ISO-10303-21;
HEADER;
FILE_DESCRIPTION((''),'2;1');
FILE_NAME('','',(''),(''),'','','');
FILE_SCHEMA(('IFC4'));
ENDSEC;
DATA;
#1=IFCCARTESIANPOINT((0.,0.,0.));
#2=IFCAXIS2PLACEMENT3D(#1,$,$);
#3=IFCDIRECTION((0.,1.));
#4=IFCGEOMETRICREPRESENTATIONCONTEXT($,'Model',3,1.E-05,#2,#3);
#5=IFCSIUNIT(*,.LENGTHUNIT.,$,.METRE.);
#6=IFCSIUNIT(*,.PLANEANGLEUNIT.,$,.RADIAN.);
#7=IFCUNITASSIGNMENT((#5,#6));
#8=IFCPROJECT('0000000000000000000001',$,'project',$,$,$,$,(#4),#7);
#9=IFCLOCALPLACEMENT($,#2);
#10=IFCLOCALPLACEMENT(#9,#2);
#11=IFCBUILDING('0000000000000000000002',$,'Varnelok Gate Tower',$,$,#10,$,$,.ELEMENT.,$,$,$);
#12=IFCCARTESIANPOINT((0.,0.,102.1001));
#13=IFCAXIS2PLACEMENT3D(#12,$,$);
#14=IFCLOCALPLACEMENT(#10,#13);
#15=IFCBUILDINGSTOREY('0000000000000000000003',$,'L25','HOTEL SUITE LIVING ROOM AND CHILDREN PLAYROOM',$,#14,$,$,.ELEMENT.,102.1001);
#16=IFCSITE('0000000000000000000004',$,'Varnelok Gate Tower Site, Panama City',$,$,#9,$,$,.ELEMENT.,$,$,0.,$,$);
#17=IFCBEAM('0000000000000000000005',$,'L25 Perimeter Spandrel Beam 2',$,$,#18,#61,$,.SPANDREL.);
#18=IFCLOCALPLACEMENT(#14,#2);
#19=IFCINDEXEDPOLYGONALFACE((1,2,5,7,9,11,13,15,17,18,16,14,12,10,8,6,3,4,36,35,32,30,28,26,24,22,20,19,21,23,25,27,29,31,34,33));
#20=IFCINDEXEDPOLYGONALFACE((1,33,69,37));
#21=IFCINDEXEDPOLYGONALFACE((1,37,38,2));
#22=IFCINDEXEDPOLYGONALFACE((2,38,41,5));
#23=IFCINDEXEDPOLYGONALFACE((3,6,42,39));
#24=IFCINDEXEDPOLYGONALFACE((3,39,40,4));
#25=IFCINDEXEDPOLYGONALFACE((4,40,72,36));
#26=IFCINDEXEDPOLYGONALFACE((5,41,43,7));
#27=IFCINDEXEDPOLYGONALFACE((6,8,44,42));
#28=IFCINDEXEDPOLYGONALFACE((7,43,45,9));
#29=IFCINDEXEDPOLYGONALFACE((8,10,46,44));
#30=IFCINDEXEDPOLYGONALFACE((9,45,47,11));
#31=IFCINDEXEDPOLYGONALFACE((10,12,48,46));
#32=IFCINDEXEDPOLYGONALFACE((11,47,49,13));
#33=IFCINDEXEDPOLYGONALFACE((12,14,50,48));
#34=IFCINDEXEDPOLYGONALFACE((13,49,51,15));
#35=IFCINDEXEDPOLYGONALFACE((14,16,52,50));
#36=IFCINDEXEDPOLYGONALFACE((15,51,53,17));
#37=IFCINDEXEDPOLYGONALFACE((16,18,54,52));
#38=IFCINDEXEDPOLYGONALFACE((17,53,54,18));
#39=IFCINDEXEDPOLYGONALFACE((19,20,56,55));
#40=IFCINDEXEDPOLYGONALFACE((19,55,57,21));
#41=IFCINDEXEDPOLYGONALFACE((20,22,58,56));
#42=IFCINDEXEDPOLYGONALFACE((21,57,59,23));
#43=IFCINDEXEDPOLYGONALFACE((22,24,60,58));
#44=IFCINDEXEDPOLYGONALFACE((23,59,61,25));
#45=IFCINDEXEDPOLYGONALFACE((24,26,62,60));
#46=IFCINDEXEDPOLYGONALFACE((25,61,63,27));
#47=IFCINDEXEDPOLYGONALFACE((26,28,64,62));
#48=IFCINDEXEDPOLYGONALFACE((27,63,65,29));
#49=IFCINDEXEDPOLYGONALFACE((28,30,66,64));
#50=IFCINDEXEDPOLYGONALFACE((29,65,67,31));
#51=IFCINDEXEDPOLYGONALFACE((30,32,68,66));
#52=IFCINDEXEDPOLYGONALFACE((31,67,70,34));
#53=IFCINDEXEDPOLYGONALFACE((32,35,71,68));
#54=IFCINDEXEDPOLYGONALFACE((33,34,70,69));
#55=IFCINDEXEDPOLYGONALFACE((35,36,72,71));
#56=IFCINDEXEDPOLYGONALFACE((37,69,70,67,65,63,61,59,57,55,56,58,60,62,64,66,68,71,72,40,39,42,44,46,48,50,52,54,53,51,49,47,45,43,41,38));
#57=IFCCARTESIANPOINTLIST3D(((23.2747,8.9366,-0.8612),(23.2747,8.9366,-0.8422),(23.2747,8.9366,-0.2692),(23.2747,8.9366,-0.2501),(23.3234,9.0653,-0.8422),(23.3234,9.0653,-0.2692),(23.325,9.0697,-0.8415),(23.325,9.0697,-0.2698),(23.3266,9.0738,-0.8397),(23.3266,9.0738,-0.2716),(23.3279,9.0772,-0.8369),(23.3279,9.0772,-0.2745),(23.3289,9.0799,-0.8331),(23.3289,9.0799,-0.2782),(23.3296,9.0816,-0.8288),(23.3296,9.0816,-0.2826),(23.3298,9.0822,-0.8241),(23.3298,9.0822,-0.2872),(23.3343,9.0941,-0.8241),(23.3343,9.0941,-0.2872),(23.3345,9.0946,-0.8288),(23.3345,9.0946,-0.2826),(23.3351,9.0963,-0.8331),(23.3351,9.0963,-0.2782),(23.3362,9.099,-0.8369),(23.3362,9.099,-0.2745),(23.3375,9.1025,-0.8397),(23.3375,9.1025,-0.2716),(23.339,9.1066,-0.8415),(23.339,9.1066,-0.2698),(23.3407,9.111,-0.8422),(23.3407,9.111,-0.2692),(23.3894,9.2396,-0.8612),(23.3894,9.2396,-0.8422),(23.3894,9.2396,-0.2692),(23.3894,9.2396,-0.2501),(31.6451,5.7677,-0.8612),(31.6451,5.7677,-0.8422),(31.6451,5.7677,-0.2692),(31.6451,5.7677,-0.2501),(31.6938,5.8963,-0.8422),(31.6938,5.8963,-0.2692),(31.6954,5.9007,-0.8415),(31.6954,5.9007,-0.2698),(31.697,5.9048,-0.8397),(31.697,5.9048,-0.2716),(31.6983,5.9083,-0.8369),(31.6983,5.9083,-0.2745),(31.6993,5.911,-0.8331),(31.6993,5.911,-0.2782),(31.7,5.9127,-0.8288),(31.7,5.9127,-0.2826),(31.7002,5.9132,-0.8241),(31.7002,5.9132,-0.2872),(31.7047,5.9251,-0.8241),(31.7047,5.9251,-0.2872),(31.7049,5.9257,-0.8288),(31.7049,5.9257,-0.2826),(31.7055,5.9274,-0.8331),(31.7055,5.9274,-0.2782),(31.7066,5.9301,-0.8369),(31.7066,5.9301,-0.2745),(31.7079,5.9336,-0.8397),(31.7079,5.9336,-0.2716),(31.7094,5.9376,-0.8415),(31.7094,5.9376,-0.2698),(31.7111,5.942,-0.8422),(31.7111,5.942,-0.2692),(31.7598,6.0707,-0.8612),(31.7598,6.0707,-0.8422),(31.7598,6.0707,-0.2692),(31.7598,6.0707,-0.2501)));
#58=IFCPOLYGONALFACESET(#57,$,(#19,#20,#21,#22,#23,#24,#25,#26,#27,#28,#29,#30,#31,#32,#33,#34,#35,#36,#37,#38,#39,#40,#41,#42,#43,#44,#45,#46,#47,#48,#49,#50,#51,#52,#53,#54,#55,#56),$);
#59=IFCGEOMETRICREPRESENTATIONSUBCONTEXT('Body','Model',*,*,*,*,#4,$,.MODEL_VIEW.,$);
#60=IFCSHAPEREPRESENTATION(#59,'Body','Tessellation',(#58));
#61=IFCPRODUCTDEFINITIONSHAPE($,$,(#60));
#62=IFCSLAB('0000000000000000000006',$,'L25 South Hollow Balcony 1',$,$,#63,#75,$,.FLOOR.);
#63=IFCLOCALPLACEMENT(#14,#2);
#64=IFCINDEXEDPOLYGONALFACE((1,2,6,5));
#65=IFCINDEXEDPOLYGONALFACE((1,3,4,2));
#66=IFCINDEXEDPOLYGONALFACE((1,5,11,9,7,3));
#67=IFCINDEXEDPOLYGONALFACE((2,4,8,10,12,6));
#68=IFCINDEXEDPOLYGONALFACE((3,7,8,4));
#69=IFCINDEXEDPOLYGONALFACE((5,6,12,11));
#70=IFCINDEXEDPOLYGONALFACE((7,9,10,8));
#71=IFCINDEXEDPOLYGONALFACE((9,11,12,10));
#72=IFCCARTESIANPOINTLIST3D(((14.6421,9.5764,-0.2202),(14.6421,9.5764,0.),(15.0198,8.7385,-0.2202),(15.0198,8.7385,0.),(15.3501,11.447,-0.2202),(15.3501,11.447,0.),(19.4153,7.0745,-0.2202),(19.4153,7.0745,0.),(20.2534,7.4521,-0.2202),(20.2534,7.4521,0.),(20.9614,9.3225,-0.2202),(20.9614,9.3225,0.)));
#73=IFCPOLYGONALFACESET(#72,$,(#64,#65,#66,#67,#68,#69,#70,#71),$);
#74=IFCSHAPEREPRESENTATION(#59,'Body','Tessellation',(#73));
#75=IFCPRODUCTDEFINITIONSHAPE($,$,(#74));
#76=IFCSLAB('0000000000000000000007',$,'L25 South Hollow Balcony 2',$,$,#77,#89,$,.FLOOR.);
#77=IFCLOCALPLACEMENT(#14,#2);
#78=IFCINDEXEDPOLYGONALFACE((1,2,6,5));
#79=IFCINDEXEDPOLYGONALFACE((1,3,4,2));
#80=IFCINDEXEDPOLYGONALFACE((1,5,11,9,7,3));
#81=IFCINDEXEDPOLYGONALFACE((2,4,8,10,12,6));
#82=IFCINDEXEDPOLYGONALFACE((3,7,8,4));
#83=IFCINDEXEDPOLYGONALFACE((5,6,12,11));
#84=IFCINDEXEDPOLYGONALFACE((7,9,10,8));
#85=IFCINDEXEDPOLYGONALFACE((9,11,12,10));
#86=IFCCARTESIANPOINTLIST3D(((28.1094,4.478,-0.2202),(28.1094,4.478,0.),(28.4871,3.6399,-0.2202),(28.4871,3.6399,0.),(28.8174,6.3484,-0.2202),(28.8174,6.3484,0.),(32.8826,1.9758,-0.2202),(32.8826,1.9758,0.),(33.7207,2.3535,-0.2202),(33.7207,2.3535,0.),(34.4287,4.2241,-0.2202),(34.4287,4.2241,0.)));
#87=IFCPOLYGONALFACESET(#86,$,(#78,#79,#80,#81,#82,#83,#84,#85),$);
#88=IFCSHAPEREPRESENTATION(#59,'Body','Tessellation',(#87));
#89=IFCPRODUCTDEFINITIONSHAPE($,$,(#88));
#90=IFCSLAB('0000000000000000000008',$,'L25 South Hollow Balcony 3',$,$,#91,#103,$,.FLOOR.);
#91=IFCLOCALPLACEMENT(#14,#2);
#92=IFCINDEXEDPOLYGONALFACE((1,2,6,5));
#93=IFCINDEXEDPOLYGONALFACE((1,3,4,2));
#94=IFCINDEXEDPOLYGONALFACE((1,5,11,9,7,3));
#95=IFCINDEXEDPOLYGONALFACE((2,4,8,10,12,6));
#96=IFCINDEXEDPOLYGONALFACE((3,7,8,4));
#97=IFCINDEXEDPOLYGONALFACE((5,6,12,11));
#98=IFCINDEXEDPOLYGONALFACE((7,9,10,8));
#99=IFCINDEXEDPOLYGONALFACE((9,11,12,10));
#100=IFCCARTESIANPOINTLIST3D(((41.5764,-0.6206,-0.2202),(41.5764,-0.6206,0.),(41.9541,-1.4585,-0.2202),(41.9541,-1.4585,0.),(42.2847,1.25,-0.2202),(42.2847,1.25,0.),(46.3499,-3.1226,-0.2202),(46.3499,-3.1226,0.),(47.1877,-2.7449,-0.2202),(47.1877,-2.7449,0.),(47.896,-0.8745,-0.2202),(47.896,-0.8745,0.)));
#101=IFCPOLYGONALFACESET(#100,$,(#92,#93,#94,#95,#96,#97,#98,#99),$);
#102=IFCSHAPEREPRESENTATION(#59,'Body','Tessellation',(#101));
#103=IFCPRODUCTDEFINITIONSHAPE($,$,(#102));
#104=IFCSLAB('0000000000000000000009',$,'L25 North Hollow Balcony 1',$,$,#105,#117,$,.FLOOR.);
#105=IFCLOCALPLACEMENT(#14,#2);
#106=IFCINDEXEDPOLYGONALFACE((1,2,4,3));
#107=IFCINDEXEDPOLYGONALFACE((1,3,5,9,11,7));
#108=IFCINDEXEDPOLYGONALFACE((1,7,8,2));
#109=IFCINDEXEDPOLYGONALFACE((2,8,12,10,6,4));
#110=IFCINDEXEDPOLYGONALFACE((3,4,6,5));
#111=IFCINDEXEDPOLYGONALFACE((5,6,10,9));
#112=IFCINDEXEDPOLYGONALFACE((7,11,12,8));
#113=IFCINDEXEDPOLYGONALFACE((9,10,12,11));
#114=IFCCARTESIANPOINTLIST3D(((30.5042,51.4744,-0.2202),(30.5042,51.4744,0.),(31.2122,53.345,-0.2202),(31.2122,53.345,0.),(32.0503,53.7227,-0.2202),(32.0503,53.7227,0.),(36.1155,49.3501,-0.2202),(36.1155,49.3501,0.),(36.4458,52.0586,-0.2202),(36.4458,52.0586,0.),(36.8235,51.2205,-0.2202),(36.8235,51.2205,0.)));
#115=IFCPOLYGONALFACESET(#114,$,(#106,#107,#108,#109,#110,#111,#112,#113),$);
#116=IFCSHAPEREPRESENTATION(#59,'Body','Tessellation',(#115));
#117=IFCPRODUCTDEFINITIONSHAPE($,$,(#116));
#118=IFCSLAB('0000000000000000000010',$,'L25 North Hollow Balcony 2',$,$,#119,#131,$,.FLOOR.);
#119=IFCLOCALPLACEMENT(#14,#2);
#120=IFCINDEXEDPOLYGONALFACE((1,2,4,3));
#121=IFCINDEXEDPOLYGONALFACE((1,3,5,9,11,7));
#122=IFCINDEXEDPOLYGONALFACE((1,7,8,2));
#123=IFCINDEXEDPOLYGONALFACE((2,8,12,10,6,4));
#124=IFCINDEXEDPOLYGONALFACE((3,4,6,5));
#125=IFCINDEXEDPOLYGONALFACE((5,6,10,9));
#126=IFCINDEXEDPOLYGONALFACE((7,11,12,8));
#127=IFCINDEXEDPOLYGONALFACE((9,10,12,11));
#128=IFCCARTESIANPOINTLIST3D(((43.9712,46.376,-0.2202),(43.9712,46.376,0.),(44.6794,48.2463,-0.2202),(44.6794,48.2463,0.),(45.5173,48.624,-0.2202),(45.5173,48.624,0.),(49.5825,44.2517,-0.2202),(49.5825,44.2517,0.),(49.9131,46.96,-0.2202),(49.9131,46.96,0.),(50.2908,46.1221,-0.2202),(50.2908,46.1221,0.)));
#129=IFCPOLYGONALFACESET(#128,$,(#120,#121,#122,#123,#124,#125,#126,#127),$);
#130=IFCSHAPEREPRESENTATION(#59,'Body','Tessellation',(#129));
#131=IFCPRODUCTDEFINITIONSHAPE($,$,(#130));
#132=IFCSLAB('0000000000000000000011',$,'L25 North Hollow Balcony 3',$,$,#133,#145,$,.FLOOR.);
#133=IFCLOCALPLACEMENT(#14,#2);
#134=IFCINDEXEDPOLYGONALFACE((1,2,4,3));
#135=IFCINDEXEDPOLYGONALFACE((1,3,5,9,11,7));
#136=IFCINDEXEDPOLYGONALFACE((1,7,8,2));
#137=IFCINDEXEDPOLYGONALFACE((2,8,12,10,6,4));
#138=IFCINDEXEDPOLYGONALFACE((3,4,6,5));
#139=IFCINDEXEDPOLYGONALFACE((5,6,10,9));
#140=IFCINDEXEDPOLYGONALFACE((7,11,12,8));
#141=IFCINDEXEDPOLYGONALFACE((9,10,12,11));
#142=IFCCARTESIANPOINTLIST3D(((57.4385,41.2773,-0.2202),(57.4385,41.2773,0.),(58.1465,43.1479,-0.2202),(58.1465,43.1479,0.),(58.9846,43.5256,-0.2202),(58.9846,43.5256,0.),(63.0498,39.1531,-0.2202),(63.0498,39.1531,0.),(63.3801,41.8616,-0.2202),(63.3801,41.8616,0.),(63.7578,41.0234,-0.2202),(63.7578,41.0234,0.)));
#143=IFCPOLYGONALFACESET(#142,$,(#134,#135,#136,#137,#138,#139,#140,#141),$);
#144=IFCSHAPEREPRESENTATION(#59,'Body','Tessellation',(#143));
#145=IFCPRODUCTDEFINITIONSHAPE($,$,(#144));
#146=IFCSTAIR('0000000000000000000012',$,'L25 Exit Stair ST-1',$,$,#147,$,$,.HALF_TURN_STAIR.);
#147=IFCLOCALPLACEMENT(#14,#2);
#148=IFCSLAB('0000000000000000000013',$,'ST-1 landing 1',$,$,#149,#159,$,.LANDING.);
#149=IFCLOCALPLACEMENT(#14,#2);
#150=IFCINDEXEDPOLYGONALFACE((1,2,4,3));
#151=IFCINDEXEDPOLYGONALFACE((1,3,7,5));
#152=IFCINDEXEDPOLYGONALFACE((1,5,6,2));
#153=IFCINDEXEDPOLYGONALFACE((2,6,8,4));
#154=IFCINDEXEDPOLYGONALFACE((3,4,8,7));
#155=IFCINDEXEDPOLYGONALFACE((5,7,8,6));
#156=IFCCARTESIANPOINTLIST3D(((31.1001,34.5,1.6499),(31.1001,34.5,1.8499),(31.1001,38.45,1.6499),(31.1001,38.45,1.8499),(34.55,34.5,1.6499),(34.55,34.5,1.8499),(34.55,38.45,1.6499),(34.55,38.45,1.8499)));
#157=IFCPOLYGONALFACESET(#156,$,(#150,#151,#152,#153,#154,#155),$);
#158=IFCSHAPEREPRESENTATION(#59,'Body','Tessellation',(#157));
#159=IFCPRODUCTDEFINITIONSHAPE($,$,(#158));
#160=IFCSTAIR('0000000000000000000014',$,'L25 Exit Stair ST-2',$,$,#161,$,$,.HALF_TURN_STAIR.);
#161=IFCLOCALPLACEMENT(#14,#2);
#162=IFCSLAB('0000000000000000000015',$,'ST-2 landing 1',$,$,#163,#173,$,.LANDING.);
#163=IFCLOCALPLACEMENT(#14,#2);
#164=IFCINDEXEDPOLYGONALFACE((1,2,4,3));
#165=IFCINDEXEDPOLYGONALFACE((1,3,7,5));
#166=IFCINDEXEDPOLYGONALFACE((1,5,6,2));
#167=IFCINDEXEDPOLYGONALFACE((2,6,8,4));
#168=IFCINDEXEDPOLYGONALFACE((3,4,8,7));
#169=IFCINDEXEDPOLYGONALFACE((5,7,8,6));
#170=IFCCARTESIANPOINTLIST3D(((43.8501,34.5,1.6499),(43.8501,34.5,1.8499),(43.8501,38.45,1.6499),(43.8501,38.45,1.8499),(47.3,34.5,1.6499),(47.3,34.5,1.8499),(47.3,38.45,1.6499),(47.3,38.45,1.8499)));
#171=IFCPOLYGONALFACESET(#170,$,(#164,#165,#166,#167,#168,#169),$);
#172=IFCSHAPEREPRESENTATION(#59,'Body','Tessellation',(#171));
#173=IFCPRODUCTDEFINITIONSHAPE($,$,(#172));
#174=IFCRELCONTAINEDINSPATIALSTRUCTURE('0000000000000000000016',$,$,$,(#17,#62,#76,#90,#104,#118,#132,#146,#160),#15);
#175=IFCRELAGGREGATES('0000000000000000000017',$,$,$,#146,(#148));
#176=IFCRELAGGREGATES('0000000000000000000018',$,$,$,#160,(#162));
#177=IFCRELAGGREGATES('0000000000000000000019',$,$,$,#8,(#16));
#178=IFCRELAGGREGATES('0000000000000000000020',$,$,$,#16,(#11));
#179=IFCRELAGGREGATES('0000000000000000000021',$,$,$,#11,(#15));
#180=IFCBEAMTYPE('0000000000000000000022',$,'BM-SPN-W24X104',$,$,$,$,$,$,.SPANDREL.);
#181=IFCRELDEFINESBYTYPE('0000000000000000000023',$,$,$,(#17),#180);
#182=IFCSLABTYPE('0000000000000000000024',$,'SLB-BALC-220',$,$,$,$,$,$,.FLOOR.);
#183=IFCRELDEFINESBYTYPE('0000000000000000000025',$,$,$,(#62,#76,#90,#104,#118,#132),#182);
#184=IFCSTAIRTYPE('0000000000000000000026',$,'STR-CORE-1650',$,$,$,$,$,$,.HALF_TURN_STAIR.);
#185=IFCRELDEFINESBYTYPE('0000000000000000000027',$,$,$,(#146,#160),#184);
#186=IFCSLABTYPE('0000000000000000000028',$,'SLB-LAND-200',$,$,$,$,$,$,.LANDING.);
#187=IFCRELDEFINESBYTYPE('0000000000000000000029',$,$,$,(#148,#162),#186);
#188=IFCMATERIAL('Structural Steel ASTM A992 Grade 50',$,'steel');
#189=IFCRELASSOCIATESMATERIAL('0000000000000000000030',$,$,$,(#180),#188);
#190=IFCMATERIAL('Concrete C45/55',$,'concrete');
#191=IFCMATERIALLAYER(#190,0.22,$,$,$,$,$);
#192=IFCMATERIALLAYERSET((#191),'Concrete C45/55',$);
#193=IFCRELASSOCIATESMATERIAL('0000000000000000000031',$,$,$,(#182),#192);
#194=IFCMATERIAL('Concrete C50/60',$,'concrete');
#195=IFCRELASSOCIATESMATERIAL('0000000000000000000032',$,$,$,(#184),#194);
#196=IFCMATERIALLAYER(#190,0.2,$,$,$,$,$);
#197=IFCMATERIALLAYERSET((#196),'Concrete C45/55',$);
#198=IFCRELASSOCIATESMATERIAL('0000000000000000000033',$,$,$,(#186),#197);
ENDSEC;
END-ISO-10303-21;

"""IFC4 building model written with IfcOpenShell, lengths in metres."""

from ifc_helpers import new_model, si_unit, direction, frame, origin, origin_2d, place, context, subcontext, project, spatial, polyline, i_section, outline, extrude, material, layer, layer_set, material_profile, profile_set, type_object, element, aggregate, save


model = new_model("IFC4")

# Units and contexts
model_context = context("Model", 3, precision=1e-05, world=origin(), true_north=direction((0.0, 1.0)))
body_context = subcontext(model_context, "Body", "Model", "MODEL_VIEW")
ifc_project = project(units=[si_unit("LENGTHUNIT", "METRE"), si_unit("PLANEANGLEUNIT", "RADIAN")], contexts=[model_context])

# Site, building, storey
site_placement = place(None, origin())
site = spatial("IfcSite", under=ifc_project, at=site_placement, Name="Varnelok Gate Tower Site, Panama City", CompositionType="ELEMENT", RefElevation=0.0)
building_placement = place(site_placement, origin())
building = spatial("IfcBuilding", under=site, at=building_placement, Name="Varnelok Gate Tower", CompositionType="ELEMENT")
storey_placement = place(building_placement, frame((0.0, 0.0, 102.1001)))
storey = spatial("IfcBuildingStorey", under=building, at=storey_placement, Name="L25", Description="HOTEL SUITE LIVING ROOM AND CHILDREN PLAYROOM", CompositionType="ELEMENT", Elevation=102.1001)

# Shared definitions
ifc_material_1 = material(Name="Structural Steel ASTM A992 Grade 50", Category="steel")

# Beam
ifc_material_profile_1 = material_profile(ifc_material_1, i_section(OverallWidth=0.324, OverallDepth=0.6111, WebThickness=0.0127, FlangeThickness=0.019, FilletRadius=0.0181, at=origin_2d()), Name="W24X104")
ifc_profile_set_1 = profile_set([ifc_material_profile_1], Name="Structural Steel ASTM A992 Grade 50")
beam_type_1 = type_object("IfcBeamType", Name="BM-SPN-W24X104", PredefinedType="SPANDREL", material=ifc_profile_set_1)
beam_1_placement = place(storey_placement, frame((23.332, 9.0881, -0.5557), z_axis=(0.93522, -0.354066, 0.0), x_axis=(0.354066, 0.93522, 0.0)))
element("IfcBeam", 1, at=beam_1_placement, inside=storey, type_object=beam_type_1, Name="L25 Perimeter Spandrel Beam 2", PredefinedType="SPANDREL", context=body_context, shape_type="SweptSolid", body=[
    extrude(i_section(OverallWidth=0.324, OverallDepth=0.6111, WebThickness=0.0127, FlangeThickness=0.019, FilletRadius=0.0181, at=origin_2d()), origin(), (0.0, 0.0, 1.0), 8.9502),
])

# Slabs
ifc_material_2 = material(Name="Concrete C45/55", Category="concrete")
ifc_layer_1 = layer(ifc_material_2, 0.22)
ifc_layer_set_1 = layer_set([ifc_layer_1], Name="Concrete C45/55")
slab_type_1 = type_object("IfcSlabType", Name="SLB-BALC-220", PredefinedType="FLOOR", material=ifc_layer_set_1)
slab_1_placement = place(storey_placement, frame((0.0, 0.0, -0.2202)))
element("IfcSlab", 2, at=slab_1_placement, inside=storey, type_object=slab_type_1, Name="L25 South Hollow Balcony 1", PredefinedType="FLOOR", context=body_context, shape_type="SweptSolid", body=[
    extrude(outline(polyline([(14.6421, 9.5764), (15.0198, 8.7385), (19.4153, 7.0745), (20.2534, 7.4521), (20.9614, 9.3225), (15.3501, 11.447), (14.6421, 9.5764)])), origin(), (0.0, 0.0, 1.0), 0.2202),
])
slab_2_placement = place(storey_placement, frame((0.0, 0.0, -0.2202)))
element("IfcSlab", 3, at=slab_2_placement, inside=storey, type_object=slab_type_1, Name="L25 South Hollow Balcony 2", PredefinedType="FLOOR", context=body_context, shape_type="SweptSolid", body=[
    extrude(outline(polyline([(28.1094, 4.478), (28.4871, 3.6399), (32.8826, 1.9758), (33.7207, 2.3535), (34.4287, 4.2241), (28.8174, 6.3484), (28.1094, 4.478)])), origin(), (0.0, 0.0, 1.0), 0.2202),
])
slab_3_placement = place(storey_placement, frame((0.0, 0.0, -0.2202)))
element("IfcSlab", 4, at=slab_3_placement, inside=storey, type_object=slab_type_1, Name="L25 South Hollow Balcony 3", PredefinedType="FLOOR", context=body_context, shape_type="SweptSolid", body=[
    extrude(outline(polyline([(41.5764, -0.6206), (41.9541, -1.4585), (46.3499, -3.1226), (47.1877, -2.7449), (47.896, -0.8745), (42.2847, 1.25), (41.5764, -0.6206)])), origin(), (0.0, 0.0, 1.0), 0.2202),
])
slab_4_placement = place(storey_placement, frame((0.0, 0.0, -0.2202)))
element("IfcSlab", 5, at=slab_4_placement, inside=storey, type_object=slab_type_1, Name="L25 North Hollow Balcony 1", PredefinedType="FLOOR", context=body_context, shape_type="SweptSolid", body=[
    extrude(outline(polyline([(30.5042, 51.4744), (36.1155, 49.3501), (36.8235, 51.2205), (36.4458, 52.0586), (32.0503, 53.7227), (31.2122, 53.345), (30.5042, 51.4744)])), origin(), (0.0, 0.0, 1.0), 0.2202),
])
slab_5_placement = place(storey_placement, frame((0.0, 0.0, -0.2202)))
element("IfcSlab", 6, at=slab_5_placement, inside=storey, type_object=slab_type_1, Name="L25 North Hollow Balcony 2", PredefinedType="FLOOR", context=body_context, shape_type="SweptSolid", body=[
    extrude(outline(polyline([(43.9712, 46.376), (49.5825, 44.2517), (50.2908, 46.1221), (49.9131, 46.96), (45.5173, 48.624), (44.6794, 48.2463), (43.9712, 46.376)])), origin(), (0.0, 0.0, 1.0), 0.2202),
])
slab_6_placement = place(storey_placement, frame((0.0, 0.0, -0.2202)))
element("IfcSlab", 7, at=slab_6_placement, inside=storey, type_object=slab_type_1, Name="L25 North Hollow Balcony 3", PredefinedType="FLOOR", context=body_context, shape_type="SweptSolid", body=[
    extrude(outline(polyline([(57.4385, 41.2773), (63.0498, 39.1531), (63.7578, 41.0234), (63.3801, 41.8616), (58.9846, 43.5256), (58.1465, 43.1479), (57.4385, 41.2773)])), origin(), (0.0, 0.0, 1.0), 0.2202),
])

# Stairs, slabs
ifc_material_3 = material(Name="Concrete C50/60", Category="concrete")
stair_type = type_object("IfcStairType", Name="STR-CORE-1650", PredefinedType="HALF_TURN_STAIR", material=ifc_material_3)
stair_1_placement = place(storey_placement, origin())
stair_1 = element("IfcStair", 8, at=stair_1_placement, inside=storey, type_object=stair_type, Name="L25 Exit Stair ST-1", PredefinedType="HALF_TURN_STAIR")
ifc_layer_2 = layer(ifc_material_2, 0.2)
ifc_layer_set_2 = layer_set([ifc_layer_2], Name="Concrete C45/55")
slab_type_2 = type_object("IfcSlabType", Name="SLB-LAND-200", PredefinedType="LANDING", material=ifc_layer_set_2)
slab_7_placement = place(storey_placement, frame((0.0, 0.0, 1.6499)))
slab_7 = element("IfcSlab", 9, at=slab_7_placement, type_object=slab_type_2, Name="ST-1 landing 1", PredefinedType="LANDING", context=body_context, shape_type="SweptSolid", body=[
    extrude(outline(polyline([(34.55, 34.5), (34.55, 38.45), (31.1001, 38.45), (31.1001, 34.5), (34.55, 34.5)])), origin(), (0.0, 0.0, 1.0), 0.2),
])
aggregate(stair_1, [slab_7])
stair_2_placement = place(storey_placement, origin())
stair_2 = element("IfcStair", 10, at=stair_2_placement, inside=storey, type_object=stair_type, Name="L25 Exit Stair ST-2", PredefinedType="HALF_TURN_STAIR")
slab_8_placement = place(storey_placement, frame((0.0, 0.0, 1.6499)))
slab_8 = element("IfcSlab", 11, at=slab_8_placement, type_object=slab_type_2, Name="ST-2 landing 1", PredefinedType="LANDING", context=body_context, shape_type="SweptSolid", body=[
    extrude(outline(polyline([(47.3, 34.5), (47.3, 38.45), (43.8501, 38.45), (43.8501, 34.5), (47.3, 34.5)])), origin(), (0.0, 0.0, 1.0), 0.2),
])
aggregate(stair_2, [slab_8])

save(model, "model.ifc")
